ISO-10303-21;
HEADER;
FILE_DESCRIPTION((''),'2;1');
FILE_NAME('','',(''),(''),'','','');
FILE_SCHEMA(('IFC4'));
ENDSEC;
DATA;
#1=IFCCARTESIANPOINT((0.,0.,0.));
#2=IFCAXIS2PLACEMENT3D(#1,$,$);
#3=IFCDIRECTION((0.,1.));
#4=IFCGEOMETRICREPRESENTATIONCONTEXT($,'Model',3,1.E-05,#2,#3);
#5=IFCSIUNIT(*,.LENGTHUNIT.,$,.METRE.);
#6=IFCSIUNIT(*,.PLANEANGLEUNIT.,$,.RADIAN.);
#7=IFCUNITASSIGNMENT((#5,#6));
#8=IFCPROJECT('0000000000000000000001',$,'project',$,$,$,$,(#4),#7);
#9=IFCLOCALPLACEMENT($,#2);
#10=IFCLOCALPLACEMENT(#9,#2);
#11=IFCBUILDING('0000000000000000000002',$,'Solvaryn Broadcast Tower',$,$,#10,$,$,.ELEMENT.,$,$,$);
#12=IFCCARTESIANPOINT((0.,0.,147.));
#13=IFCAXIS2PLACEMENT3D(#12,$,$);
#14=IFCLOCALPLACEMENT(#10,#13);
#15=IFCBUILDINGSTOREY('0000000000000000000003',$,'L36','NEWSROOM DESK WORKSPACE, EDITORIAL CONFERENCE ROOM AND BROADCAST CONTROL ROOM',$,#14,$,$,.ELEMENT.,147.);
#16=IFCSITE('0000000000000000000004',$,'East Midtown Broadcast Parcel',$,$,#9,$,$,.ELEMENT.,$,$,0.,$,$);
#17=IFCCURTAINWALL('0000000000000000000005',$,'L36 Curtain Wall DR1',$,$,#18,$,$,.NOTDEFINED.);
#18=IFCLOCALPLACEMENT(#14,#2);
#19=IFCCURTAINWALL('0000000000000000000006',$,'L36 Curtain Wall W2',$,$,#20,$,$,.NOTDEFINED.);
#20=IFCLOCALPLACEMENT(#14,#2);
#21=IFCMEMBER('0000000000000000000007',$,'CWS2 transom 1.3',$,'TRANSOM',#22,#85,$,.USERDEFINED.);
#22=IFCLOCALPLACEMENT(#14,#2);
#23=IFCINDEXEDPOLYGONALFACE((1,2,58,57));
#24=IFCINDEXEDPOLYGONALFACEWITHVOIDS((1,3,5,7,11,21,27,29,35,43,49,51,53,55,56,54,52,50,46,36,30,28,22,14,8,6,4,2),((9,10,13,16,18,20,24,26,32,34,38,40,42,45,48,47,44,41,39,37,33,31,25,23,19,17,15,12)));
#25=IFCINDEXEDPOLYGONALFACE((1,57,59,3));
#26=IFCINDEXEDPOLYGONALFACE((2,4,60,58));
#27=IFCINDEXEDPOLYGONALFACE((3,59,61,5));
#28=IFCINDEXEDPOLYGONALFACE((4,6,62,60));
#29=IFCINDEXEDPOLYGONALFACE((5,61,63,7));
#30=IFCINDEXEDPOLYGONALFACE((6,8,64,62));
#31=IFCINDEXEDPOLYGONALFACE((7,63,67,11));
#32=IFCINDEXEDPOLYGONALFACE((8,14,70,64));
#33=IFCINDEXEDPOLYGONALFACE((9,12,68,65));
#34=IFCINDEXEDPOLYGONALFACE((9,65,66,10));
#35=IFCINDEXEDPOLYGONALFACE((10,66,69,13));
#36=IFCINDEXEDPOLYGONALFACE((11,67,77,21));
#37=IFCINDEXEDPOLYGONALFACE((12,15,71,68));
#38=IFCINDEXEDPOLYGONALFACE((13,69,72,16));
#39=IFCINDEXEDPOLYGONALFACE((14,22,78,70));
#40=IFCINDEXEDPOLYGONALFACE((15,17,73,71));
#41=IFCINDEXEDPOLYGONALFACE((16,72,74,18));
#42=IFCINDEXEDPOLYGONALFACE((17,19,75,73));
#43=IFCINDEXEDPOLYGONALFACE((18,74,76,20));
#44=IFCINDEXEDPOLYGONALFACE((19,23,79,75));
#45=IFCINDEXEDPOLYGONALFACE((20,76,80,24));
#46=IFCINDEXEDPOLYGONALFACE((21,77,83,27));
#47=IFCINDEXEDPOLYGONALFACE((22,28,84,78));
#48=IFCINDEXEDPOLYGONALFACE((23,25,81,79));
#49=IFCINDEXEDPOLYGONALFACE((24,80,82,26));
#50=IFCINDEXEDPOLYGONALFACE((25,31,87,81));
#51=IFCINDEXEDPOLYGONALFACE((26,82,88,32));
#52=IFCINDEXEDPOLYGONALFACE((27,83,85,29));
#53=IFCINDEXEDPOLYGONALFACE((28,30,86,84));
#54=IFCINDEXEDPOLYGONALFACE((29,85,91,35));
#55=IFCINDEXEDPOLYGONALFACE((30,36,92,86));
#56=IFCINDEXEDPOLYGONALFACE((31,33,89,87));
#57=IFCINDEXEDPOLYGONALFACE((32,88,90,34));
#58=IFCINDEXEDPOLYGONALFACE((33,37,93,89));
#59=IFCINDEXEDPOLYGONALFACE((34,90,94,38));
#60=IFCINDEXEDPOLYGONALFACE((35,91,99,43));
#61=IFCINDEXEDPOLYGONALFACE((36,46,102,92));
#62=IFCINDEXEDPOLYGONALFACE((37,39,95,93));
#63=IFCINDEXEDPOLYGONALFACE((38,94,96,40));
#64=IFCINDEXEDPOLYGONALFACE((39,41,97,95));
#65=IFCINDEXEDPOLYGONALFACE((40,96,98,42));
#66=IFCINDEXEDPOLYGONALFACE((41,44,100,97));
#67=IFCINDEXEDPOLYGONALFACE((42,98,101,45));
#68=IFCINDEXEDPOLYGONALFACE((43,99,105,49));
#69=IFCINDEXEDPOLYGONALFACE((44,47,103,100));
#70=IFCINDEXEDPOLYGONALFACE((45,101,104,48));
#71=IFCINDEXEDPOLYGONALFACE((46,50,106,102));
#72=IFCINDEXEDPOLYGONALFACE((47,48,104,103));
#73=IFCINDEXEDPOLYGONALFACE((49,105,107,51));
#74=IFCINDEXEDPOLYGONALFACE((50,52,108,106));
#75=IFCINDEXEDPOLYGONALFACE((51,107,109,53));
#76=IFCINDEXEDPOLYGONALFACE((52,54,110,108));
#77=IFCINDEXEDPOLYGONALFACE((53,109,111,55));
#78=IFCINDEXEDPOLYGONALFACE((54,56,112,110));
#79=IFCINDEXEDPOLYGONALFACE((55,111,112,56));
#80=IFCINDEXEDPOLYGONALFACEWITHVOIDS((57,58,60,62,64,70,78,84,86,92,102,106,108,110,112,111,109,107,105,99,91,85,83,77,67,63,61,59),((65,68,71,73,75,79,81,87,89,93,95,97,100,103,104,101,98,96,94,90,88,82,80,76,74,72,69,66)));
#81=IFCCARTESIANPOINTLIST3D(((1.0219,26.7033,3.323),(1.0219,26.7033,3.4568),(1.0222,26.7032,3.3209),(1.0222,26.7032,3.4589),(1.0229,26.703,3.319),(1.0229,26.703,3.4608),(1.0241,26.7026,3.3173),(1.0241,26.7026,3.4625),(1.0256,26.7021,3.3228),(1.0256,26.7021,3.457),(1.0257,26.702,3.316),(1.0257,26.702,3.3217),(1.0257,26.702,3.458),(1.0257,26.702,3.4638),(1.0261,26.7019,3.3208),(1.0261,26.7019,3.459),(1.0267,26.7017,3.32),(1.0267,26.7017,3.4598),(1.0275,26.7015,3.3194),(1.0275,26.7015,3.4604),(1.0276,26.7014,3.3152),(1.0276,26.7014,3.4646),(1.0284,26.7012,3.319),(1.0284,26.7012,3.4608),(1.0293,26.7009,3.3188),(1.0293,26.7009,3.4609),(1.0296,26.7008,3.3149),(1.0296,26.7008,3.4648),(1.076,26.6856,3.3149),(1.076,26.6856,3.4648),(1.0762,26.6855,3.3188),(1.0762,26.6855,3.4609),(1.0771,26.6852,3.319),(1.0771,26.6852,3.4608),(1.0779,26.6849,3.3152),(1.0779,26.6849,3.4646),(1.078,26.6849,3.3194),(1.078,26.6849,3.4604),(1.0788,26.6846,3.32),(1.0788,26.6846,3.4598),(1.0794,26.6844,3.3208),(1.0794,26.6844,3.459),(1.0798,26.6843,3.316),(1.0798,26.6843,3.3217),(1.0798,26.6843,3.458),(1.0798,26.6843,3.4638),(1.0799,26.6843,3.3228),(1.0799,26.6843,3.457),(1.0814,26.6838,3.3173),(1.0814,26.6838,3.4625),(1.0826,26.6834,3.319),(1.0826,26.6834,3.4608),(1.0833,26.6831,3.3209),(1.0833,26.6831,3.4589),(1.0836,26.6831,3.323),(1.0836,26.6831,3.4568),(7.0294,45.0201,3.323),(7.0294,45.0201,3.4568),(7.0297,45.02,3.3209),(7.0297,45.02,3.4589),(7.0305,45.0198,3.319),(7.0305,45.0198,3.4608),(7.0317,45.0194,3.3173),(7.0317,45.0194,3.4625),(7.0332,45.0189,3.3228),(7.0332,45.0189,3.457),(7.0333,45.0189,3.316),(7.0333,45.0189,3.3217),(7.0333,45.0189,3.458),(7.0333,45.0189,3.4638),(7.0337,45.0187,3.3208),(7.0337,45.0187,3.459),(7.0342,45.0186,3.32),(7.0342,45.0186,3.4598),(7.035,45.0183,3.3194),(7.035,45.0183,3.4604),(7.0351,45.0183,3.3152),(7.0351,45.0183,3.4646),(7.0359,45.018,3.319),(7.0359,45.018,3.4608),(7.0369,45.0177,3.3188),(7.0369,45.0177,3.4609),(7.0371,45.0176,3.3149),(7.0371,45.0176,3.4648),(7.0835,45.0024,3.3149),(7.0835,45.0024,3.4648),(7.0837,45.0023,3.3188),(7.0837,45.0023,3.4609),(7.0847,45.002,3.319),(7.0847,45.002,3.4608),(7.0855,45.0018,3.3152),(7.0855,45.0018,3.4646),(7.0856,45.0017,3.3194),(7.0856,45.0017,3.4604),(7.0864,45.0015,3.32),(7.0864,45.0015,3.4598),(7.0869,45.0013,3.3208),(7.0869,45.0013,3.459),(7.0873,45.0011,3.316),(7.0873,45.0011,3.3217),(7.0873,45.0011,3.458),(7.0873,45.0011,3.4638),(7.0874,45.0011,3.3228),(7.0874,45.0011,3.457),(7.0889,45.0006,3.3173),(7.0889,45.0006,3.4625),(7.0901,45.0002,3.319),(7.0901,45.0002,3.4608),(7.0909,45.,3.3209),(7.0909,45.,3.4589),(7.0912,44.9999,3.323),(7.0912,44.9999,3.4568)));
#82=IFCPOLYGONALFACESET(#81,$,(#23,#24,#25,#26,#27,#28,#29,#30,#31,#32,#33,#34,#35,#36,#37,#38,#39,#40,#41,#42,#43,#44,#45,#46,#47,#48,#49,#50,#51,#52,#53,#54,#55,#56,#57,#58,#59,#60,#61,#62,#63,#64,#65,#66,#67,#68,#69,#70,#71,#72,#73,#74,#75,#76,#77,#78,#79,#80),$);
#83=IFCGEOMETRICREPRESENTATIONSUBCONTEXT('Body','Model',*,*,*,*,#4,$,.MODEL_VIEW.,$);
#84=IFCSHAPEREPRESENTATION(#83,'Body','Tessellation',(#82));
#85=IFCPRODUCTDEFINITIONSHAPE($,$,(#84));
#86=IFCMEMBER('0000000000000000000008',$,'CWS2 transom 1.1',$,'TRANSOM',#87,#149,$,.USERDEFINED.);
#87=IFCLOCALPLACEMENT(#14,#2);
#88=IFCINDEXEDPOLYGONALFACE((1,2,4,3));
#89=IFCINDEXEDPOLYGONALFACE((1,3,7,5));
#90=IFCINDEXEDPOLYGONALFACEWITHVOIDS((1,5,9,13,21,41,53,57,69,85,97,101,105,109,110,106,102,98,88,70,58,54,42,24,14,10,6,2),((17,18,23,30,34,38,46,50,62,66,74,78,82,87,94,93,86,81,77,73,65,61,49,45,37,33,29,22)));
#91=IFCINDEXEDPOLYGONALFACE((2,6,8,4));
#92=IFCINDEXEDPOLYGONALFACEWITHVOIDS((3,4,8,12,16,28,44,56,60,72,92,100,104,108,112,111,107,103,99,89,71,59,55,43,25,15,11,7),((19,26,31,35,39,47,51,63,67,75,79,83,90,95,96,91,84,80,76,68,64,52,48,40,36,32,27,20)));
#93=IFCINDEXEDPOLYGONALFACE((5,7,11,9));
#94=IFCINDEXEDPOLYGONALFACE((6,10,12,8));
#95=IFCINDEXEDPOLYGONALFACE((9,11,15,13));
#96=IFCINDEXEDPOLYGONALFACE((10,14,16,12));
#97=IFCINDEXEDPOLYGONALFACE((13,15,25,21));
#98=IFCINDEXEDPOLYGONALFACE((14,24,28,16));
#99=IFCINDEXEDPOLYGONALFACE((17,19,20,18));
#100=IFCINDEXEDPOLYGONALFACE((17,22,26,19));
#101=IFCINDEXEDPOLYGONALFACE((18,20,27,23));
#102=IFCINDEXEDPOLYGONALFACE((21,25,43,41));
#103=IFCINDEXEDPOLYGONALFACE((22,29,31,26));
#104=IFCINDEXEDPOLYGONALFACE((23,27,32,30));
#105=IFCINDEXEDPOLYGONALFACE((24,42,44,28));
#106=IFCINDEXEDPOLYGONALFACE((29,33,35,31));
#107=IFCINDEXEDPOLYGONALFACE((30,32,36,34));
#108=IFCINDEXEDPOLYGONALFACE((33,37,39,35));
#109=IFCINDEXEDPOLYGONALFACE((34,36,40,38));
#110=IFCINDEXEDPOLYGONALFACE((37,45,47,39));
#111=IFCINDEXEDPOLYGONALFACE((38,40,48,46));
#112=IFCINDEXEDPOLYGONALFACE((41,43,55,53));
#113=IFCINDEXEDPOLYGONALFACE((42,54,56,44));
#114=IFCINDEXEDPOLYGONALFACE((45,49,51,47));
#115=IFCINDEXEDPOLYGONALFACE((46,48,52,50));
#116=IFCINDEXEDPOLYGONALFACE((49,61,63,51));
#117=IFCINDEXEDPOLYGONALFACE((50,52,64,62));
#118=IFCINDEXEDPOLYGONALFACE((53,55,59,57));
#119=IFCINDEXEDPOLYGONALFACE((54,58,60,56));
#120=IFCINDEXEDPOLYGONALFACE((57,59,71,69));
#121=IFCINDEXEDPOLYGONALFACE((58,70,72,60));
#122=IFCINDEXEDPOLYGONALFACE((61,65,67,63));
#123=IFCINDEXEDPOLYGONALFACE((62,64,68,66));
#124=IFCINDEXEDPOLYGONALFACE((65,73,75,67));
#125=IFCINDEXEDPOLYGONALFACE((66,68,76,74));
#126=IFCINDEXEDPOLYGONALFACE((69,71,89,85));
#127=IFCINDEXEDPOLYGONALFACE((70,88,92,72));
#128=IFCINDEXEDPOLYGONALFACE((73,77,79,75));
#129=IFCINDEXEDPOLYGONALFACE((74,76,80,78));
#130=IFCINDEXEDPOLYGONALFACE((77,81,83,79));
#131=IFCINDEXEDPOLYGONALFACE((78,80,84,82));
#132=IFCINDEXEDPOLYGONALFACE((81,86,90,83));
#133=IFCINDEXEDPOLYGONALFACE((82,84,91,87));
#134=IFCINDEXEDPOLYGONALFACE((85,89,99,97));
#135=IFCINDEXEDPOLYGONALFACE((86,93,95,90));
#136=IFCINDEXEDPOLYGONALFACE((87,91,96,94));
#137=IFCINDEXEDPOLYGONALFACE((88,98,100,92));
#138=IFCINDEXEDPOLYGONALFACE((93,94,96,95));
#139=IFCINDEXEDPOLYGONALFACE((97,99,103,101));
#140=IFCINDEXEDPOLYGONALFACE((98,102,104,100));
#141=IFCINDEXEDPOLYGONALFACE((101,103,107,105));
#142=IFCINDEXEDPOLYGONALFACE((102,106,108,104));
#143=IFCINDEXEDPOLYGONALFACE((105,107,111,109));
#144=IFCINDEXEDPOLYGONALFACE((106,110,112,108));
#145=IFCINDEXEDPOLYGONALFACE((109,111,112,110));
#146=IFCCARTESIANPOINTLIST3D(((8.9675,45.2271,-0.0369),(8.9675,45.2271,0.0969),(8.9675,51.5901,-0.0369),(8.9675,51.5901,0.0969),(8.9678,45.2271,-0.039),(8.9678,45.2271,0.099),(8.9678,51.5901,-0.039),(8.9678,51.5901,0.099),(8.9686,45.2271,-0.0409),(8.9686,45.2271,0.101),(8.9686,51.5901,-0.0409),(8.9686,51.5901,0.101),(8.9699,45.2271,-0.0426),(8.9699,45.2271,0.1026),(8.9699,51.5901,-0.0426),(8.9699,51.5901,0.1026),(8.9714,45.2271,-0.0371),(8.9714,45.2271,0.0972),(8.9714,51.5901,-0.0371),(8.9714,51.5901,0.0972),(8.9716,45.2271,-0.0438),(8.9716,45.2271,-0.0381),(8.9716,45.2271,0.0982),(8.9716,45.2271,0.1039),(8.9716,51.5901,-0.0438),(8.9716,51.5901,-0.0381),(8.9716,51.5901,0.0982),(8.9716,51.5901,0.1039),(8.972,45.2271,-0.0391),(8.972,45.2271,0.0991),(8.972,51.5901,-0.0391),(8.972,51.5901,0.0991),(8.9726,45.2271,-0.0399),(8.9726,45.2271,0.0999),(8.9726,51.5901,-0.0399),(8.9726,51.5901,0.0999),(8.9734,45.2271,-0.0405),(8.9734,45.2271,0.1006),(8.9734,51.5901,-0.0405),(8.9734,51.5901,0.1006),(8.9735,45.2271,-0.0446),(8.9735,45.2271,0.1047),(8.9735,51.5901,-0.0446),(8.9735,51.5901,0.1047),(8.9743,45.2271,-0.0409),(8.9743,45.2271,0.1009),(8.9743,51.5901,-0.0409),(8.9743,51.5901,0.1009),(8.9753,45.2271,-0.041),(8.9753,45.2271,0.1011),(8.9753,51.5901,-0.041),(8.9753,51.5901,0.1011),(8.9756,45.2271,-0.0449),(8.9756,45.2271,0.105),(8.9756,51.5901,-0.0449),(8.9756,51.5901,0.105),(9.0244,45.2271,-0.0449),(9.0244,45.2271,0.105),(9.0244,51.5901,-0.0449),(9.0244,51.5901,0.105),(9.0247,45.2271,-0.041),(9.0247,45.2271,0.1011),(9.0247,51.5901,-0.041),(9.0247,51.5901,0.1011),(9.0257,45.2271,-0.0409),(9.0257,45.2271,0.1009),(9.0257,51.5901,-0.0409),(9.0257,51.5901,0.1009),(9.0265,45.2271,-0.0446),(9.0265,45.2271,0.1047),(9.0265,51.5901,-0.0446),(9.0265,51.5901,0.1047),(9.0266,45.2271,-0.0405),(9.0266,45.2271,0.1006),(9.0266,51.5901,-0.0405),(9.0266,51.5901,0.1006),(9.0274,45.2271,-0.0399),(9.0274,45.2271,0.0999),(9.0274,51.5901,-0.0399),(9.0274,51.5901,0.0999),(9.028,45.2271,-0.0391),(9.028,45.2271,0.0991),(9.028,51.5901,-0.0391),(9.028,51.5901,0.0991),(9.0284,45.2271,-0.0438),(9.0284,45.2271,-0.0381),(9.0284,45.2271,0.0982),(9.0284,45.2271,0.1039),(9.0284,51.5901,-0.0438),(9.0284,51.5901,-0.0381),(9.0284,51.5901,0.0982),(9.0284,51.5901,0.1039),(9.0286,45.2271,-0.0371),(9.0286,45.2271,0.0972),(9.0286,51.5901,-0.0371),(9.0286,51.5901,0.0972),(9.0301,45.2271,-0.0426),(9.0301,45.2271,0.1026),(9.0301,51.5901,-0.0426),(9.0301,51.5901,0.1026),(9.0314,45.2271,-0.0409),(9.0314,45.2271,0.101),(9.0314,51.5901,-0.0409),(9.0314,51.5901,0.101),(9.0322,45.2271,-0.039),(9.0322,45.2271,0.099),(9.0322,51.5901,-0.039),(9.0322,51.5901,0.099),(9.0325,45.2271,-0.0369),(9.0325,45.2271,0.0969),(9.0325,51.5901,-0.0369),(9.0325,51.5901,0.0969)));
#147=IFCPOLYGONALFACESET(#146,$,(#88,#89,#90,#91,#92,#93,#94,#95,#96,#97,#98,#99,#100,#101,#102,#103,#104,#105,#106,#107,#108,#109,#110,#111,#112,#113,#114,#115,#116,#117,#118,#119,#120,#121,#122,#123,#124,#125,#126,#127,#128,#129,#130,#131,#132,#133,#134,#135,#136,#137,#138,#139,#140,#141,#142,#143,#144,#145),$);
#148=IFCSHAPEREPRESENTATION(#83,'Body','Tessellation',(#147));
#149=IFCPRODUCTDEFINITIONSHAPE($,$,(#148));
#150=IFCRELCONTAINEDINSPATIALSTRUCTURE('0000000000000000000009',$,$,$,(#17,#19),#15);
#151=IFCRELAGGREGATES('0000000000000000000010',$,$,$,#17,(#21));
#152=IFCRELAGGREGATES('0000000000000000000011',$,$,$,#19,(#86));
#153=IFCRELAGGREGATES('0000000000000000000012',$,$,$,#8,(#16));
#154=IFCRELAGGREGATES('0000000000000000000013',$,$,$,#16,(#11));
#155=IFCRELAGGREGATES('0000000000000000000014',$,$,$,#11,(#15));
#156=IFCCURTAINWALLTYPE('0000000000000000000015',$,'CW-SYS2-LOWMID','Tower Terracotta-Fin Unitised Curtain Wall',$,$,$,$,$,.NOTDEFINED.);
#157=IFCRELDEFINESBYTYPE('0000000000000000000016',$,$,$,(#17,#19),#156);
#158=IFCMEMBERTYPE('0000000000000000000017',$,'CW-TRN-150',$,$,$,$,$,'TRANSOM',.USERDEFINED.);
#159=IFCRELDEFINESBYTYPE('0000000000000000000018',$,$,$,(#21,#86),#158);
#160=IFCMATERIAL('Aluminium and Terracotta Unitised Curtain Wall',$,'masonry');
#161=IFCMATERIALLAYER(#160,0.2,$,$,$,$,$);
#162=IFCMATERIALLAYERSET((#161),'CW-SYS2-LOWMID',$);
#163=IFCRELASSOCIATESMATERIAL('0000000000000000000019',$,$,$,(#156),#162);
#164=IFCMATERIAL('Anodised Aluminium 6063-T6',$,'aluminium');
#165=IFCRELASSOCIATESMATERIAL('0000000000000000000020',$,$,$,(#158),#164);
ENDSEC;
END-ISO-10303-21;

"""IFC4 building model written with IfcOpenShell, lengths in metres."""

from ifc_helpers import new_model, si_unit, direction, frame, origin, origin_2d, place, context, subcontext, project, spatial, hollow_rectangle, extrude, material, layer, layer_set, material_profile, profile_set, type_object, element, aggregate, save


model = new_model("IFC4")

# Units and contexts
model_context = context("Model", 3, precision=1e-05, world=origin(), true_north=direction((0.0, 1.0)))
body_context = subcontext(model_context, "Body", "Model", "MODEL_VIEW")
ifc_project = project(units=[si_unit("LENGTHUNIT", "METRE"), si_unit("PLANEANGLEUNIT", "RADIAN")], contexts=[model_context])

# Site, building, storey
site_placement = place(None, origin())
site = spatial("IfcSite", under=ifc_project, at=site_placement, Name="East Midtown Broadcast Parcel", CompositionType="ELEMENT", RefElevation=0.0)
building_placement = place(site_placement, origin())
building = spatial("IfcBuilding", under=site, at=building_placement, Name="Solvaryn Broadcast Tower", CompositionType="ELEMENT")
storey_placement = place(building_placement, frame((0.0, 0.0, 147.0)))
storey = spatial("IfcBuildingStorey", under=building, at=storey_placement, Name="L36", Description="NEWSROOM DESK WORKSPACE, EDITORIAL CONFERENCE ROOM AND BROADCAST CONTROL ROOM", CompositionType="ELEMENT", Elevation=147.0)

# Curtain walls
ifc_material_1 = material(Name="Aluminium and Terracotta Unitised Curtain Wall", Category="masonry")
ifc_layer_1 = layer(ifc_material_1, 0.2)
ifc_layer_set_1 = layer_set([ifc_layer_1], Name="CW-SYS2-LOWMID")
curtain_wall_type = type_object("IfcCurtainWallType", Name="CW-SYS2-LOWMID", Description="Tower Terracotta-Fin Unitised Curtain Wall", PredefinedType="NOTDEFINED", material=ifc_layer_set_1)
curtain_wall_1_placement = place(storey_placement, origin())
curtain_wall_1 = element("IfcCurtainWall", 1, at=curtain_wall_1_placement, inside=storey, type_object=curtain_wall_type, Name="L36 Curtain Wall DR1", PredefinedType="NOTDEFINED")
curtain_wall_2_placement = place(storey_placement, origin())
curtain_wall_2 = element("IfcCurtainWall", 2, at=curtain_wall_2_placement, inside=storey, type_object=curtain_wall_type, Name="L36 Curtain Wall W2", PredefinedType="NOTDEFINED")

# Members
ifc_material_2 = material(Name="Anodised Aluminium 6063-T6", Category="aluminium")
ifc_material_profile_1 = material_profile(ifc_material_2, hollow_rectangle(XDim=0.0649, YDim=0.1499, WallThickness=0.0039, InnerFilletRadius=0.0039, OuterFilletRadius=0.0081, at=origin_2d()))
ifc_profile_set_1 = profile_set([ifc_material_profile_1], Name="Anodised Aluminium 6063-T6")
member_type_1 = type_object("IfcMemberType", Name="CW-TRN-150", ElementType="TRANSOM", PredefinedType="USERDEFINED", material=ifc_profile_set_1)
member_1_placement = place(storey_placement, frame((7.0603, 45.01, 3.3899), z_axis=(-0.311646, -0.950198, 0.0), x_axis=(0.950198, -0.311646, 0.0)))
member_1 = element("IfcMember", 3, at=member_1_placement, type_object=member_type_1, Name="CWS2 transom 1.3", ObjectType="TRANSOM", PredefinedType="USERDEFINED", context=body_context, shape_type="SweptSolid", body=[
    extrude(hollow_rectangle(XDim=0.0649, YDim=0.1499, WallThickness=0.0039, InnerFilletRadius=0.0039, OuterFilletRadius=0.0081, at=origin_2d()), origin(), (0.0, 0.0, 1.0), 19.2769),
])
aggregate(curtain_wall_1, [member_1])
member_2_placement = place(storey_placement, frame((9.0, 45.2271, 0.03), z_axis=(0.0, 1.0, 0.0), x_axis=(-1.0, 0.0, 0.0)))
member_2 = element("IfcMember", 4, at=member_2_placement, type_object=member_type_1, Name="CWS2 transom 1.1", ObjectType="TRANSOM", PredefinedType="USERDEFINED", context=body_context, shape_type="SweptSolid", body=[
    extrude(hollow_rectangle(XDim=0.0649, YDim=0.1499, WallThickness=0.0039, InnerFilletRadius=0.0039, OuterFilletRadius=0.0081, at=origin_2d()), origin(), (0.0, 0.0, 1.0), 6.363),
])
aggregate(curtain_wall_2, [member_2])

save(model, "model.ifc")
